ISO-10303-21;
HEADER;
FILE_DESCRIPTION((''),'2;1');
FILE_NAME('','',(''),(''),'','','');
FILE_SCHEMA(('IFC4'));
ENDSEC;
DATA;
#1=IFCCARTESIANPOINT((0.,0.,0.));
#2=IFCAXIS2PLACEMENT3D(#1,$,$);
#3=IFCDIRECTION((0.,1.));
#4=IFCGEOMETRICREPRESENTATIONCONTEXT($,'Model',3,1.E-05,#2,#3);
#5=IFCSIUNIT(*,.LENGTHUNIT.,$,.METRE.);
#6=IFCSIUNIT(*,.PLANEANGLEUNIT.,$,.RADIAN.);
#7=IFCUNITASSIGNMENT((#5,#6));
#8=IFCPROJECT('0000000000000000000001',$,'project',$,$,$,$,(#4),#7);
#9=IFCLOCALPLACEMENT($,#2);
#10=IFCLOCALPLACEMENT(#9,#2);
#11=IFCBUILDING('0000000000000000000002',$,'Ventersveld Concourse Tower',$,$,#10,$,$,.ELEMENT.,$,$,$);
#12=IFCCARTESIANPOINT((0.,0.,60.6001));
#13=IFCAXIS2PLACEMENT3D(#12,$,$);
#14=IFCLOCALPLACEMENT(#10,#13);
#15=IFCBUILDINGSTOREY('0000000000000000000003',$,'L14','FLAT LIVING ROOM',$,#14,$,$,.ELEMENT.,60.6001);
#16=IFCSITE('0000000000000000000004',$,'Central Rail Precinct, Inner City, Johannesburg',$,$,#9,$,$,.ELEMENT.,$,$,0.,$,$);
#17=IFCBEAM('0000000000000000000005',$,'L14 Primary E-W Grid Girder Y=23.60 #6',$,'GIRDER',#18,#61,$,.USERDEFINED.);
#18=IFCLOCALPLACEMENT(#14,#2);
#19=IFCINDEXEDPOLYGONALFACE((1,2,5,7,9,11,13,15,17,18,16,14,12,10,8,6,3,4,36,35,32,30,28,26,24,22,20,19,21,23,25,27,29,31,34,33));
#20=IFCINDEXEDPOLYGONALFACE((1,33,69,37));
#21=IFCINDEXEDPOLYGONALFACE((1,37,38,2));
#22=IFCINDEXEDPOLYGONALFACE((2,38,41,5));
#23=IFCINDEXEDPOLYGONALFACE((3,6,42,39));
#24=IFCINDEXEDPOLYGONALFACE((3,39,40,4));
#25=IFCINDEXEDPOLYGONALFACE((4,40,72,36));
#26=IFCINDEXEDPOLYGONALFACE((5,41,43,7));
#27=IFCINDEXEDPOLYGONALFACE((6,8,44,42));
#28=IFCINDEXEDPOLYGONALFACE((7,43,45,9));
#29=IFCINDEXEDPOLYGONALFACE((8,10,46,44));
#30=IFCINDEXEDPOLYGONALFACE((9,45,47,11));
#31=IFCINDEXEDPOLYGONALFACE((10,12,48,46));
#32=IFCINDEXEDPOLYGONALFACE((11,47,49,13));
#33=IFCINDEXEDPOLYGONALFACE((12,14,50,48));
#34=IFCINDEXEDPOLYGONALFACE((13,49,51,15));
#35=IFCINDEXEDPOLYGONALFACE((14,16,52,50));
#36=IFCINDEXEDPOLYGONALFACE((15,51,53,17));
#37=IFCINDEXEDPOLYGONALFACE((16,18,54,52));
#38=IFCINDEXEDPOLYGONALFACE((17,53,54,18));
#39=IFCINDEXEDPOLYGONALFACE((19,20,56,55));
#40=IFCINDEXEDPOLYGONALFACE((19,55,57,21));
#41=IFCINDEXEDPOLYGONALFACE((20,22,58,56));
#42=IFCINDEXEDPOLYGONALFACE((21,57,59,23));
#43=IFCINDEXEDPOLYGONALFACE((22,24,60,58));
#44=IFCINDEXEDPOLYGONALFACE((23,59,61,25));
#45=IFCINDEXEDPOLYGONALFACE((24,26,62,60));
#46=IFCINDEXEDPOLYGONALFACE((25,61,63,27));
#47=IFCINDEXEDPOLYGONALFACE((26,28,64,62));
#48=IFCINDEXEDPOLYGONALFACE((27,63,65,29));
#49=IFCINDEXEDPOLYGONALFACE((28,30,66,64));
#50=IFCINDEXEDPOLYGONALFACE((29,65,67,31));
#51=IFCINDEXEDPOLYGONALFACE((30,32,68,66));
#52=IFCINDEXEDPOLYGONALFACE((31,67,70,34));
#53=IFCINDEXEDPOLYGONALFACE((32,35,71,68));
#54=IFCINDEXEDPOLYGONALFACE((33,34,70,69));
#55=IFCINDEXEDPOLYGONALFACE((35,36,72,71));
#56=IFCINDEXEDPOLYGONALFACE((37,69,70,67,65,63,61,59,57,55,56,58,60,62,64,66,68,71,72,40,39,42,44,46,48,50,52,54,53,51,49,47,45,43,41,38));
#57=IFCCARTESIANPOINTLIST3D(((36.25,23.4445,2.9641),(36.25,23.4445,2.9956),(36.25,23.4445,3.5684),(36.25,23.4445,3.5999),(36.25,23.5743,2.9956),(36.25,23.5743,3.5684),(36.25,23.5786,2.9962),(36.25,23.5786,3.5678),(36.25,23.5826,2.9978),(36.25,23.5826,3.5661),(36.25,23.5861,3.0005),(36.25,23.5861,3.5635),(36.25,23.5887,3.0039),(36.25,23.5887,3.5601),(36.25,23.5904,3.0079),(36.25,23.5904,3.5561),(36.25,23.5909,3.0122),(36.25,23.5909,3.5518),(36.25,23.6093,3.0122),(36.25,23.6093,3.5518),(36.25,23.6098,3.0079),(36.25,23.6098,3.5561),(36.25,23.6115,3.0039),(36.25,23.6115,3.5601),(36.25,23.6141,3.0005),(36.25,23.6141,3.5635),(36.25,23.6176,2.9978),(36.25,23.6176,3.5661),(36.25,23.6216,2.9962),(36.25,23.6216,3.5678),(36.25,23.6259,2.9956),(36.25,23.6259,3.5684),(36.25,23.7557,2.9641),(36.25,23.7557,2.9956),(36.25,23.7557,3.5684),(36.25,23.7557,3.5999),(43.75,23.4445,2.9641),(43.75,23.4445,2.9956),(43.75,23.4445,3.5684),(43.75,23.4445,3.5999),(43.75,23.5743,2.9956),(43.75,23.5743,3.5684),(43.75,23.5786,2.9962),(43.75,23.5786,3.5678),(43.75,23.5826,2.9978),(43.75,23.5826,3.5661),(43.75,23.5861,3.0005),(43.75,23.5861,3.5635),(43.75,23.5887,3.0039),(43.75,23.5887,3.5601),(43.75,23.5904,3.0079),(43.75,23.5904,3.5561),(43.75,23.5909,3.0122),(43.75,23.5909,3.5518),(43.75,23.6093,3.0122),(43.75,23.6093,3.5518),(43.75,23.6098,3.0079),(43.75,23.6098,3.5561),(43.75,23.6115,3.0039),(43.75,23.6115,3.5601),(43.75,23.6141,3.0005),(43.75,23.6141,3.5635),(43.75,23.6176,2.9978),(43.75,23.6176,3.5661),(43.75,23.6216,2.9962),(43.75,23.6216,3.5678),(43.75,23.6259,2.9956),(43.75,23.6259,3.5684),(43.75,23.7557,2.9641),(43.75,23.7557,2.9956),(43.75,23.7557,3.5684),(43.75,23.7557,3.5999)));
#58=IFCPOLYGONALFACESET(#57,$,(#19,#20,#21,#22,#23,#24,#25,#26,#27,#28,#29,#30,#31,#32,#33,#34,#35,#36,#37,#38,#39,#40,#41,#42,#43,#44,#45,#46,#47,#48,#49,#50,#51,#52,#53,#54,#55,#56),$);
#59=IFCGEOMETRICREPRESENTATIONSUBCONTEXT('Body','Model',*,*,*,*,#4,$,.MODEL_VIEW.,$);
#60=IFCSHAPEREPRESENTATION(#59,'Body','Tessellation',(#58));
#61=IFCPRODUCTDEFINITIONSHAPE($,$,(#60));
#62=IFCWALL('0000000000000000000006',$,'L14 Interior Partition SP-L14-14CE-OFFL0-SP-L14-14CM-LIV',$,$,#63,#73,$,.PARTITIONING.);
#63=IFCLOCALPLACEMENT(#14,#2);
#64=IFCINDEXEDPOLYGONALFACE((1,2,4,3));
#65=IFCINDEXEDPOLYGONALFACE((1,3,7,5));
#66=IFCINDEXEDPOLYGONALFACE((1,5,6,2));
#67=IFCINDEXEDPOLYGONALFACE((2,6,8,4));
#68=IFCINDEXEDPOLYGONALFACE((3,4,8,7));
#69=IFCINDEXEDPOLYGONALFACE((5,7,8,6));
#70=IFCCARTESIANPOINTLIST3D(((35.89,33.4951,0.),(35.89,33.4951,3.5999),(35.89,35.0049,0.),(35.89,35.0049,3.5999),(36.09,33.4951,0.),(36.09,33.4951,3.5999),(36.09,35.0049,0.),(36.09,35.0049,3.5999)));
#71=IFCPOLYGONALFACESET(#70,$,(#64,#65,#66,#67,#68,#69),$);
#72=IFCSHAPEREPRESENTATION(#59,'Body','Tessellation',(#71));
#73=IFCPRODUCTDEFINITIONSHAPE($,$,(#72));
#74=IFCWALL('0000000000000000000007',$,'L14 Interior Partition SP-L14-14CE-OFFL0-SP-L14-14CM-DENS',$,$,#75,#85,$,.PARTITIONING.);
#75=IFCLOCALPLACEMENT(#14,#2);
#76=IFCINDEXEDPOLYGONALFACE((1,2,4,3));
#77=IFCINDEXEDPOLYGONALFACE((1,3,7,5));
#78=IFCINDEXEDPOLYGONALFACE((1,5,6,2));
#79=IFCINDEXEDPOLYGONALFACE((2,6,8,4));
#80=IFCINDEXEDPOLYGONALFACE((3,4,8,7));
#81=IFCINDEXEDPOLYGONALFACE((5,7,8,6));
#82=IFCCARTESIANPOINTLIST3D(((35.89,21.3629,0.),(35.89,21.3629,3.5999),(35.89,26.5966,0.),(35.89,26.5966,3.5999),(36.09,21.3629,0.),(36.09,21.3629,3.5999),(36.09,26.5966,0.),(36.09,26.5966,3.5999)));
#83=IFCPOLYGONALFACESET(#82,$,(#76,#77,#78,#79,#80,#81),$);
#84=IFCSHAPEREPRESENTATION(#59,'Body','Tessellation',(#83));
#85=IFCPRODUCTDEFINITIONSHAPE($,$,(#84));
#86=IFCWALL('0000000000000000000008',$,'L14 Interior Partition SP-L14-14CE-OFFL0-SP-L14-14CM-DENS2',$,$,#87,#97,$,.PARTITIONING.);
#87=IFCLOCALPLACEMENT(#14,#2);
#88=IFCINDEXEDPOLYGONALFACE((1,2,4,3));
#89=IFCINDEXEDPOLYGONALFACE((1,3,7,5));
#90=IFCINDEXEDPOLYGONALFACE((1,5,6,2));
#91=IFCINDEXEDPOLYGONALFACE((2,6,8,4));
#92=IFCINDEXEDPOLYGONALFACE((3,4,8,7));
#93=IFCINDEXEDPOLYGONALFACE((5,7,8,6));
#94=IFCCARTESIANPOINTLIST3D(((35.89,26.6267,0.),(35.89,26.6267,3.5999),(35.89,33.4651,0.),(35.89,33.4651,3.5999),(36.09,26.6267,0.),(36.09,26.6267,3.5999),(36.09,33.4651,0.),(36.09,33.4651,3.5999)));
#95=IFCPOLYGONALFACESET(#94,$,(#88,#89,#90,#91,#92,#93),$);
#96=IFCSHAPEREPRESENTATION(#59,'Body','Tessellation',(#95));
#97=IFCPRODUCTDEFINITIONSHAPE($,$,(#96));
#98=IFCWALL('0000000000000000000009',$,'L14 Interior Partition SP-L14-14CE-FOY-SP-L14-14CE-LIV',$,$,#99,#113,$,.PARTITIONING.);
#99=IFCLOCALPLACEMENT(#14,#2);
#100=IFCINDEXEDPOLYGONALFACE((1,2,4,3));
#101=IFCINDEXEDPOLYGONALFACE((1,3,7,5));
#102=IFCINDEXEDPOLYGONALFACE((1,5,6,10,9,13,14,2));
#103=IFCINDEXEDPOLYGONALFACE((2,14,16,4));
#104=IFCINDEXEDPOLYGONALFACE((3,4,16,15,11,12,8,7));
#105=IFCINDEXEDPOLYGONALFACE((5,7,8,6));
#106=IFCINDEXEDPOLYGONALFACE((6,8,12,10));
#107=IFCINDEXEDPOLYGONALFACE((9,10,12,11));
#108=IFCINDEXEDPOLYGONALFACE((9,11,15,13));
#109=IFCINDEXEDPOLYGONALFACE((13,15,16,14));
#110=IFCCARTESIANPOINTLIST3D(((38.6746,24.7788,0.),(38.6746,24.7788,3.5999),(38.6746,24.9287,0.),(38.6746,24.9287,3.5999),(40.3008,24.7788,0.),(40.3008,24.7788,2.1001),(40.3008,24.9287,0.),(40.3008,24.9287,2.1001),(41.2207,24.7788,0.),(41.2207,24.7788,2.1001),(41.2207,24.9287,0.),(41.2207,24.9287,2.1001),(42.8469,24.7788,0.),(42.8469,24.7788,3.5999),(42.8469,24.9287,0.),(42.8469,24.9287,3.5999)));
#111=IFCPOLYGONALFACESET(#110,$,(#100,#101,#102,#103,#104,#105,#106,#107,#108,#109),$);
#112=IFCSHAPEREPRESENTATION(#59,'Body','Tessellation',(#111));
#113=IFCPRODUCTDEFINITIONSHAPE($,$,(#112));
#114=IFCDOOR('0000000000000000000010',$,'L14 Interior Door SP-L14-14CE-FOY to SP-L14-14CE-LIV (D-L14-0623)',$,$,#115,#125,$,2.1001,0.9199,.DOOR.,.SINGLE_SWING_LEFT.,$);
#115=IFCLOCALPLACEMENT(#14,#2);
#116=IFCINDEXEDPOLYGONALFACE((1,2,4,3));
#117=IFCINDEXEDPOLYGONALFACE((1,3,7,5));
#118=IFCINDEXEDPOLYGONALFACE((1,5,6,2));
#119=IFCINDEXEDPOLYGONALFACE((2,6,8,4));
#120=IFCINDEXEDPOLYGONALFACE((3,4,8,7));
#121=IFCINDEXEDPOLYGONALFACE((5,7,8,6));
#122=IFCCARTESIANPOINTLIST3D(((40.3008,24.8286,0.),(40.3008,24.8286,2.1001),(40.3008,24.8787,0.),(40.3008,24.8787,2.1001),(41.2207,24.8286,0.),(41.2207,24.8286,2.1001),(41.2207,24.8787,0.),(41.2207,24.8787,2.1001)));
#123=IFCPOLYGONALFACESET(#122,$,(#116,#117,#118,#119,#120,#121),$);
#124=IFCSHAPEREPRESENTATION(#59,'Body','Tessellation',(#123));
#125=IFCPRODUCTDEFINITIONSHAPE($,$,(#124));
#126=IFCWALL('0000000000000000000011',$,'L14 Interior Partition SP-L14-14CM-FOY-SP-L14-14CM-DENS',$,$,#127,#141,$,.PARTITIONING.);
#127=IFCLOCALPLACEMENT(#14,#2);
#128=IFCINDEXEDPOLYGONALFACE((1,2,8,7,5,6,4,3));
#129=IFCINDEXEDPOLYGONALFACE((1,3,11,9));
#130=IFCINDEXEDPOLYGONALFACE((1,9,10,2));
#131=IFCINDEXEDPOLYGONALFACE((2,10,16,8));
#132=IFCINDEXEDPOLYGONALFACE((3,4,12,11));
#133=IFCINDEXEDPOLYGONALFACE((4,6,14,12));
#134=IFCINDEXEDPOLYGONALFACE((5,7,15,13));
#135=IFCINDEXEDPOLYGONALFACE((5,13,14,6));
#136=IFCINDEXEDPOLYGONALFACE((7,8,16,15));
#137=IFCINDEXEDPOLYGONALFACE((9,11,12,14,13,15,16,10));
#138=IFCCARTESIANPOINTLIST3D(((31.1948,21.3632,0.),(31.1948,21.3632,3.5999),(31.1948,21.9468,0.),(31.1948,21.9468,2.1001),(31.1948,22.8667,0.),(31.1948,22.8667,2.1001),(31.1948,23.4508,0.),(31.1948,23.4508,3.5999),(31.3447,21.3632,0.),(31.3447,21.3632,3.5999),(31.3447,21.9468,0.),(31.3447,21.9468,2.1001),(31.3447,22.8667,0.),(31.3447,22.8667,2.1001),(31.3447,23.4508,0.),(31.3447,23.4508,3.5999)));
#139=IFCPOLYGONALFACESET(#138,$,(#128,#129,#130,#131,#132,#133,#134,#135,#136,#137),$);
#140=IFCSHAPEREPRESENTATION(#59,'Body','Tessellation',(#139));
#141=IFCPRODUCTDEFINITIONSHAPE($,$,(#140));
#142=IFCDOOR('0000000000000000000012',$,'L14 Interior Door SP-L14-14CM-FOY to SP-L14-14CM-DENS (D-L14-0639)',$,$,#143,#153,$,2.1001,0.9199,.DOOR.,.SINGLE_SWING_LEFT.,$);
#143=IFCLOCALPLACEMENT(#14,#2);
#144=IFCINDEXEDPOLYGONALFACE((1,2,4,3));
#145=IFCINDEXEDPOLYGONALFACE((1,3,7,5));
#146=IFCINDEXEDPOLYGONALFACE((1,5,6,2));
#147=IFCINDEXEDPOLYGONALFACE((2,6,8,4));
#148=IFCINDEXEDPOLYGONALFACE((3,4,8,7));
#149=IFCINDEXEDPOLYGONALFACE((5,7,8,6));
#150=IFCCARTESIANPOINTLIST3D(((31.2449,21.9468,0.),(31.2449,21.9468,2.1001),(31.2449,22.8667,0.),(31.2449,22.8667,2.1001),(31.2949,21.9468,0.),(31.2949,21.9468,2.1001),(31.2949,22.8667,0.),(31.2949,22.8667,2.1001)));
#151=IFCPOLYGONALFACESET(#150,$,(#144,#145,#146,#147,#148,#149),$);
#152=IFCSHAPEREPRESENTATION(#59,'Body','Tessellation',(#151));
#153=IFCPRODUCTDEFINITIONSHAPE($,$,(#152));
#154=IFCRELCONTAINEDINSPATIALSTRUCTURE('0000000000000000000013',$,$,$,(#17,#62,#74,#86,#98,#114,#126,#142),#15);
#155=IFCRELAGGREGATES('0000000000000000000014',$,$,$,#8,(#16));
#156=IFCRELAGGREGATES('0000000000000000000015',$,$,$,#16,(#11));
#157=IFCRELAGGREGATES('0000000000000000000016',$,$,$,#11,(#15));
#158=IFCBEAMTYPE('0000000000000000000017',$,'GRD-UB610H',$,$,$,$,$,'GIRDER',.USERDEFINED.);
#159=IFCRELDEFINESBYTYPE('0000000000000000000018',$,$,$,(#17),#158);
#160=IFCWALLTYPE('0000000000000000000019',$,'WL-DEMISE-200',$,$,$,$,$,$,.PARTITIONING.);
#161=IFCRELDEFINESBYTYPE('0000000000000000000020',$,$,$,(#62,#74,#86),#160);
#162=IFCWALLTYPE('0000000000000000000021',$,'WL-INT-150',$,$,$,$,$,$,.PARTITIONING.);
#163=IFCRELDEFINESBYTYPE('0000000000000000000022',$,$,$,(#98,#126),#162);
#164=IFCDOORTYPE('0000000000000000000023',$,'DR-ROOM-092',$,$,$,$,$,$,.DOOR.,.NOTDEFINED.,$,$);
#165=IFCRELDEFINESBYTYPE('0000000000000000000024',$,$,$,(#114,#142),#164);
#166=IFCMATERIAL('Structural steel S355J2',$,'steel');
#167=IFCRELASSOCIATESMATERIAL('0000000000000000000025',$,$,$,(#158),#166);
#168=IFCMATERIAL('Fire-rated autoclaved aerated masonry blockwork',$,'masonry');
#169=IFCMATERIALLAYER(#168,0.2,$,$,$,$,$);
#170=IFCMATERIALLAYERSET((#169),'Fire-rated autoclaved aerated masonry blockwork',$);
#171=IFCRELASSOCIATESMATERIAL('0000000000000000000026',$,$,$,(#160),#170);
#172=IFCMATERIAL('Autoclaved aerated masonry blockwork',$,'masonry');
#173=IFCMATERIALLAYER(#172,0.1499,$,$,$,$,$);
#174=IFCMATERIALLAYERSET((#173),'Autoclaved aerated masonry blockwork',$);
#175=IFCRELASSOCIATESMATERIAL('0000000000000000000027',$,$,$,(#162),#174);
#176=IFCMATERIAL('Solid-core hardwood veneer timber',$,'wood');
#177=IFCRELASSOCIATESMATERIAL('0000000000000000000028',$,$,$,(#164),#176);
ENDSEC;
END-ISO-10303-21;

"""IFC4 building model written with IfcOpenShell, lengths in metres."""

from ifc_helpers import new_model, si_unit, direction, frame, frame_2d, origin, origin_2d, place, context, subcontext, project, spatial, rectangle, i_section, extrude, material, layer, layer_set, material_profile, profile_set, type_object, element, fill, save


model = new_model("IFC4")

# Units and contexts
model_context = context("Model", 3, precision=1e-05, world=origin(), true_north=direction((0.0, 1.0)))
body_context = subcontext(model_context, "Body", "Model", "MODEL_VIEW")
ifc_project = project(units=[si_unit("LENGTHUNIT", "METRE"), si_unit("PLANEANGLEUNIT", "RADIAN")], contexts=[model_context])

# Site, building, storey
site_placement = place(None, origin())
site = spatial("IfcSite", under=ifc_project, at=site_placement, Name="Central Rail Precinct, Inner City, Johannesburg", CompositionType="ELEMENT", RefElevation=0.0)
building_placement = place(site_placement, origin())
building = spatial("IfcBuilding", under=site, at=building_placement, Name="Ventersveld Concourse Tower", CompositionType="ELEMENT")
storey_placement = place(building_placement, frame((0.0, 0.0, 60.6001)))
storey = spatial("IfcBuildingStorey", under=building, at=storey_placement, Name="L14", Description="FLAT LIVING ROOM", CompositionType="ELEMENT", Elevation=60.6001)

# Beam
ifc_material_1 = material(Name="Structural steel S355J2", Category="steel")
ifc_material_profile_1 = material_profile(ifc_material_1, i_section(OverallWidth=0.3113, OverallDepth=0.6357, WebThickness=0.0183, FlangeThickness=0.0315, FilletRadius=0.0166, at=origin_2d()), Name="UB 610x305x238")
ifc_profile_set_1 = profile_set([ifc_material_profile_1], Name="Structural steel S355J2")
beam_type_1 = type_object("IfcBeamType", Name="GRD-UB610H", ElementType="GIRDER", PredefinedType="USERDEFINED", material=ifc_profile_set_1)
for number, where, z_axis, x_axis, name in (
    (1, (36.25, 23.6001, 3.282), (1.0, 0.0, 0.0), (0.0, 1.0, 0.0), "L14 Primary E-W Grid Girder Y=23.60 #6"),
):
    element("IfcBeam", number, at=place(storey_placement, frame(where, z_axis=z_axis, x_axis=x_axis)), inside=storey, type_object=beam_type_1, Name=name, ObjectType="GIRDER", PredefinedType="USERDEFINED", context=body_context, shape_type="SweptSolid", body=[
        extrude(i_section(OverallWidth=0.3113, OverallDepth=0.6357, WebThickness=0.0183, FlangeThickness=0.0315, FilletRadius=0.0166, at=origin_2d()), origin(), (0.0, 0.0, 1.0), 7.5),
    ])

# Walls
ifc_material_2 = material(Name="Fire-rated autoclaved aerated masonry blockwork", Category="masonry")
ifc_layer_1 = layer(ifc_material_2, 0.2)
ifc_layer_set_1 = layer_set([ifc_layer_1], Name="Fire-rated autoclaved aerated masonry blockwork")
wall_type_1 = type_object("IfcWallType", Name="WL-DEMISE-200", PredefinedType="PARTITIONING", material=ifc_layer_set_1)
wall_1_placement = place(storey_placement, frame((35.99, 33.4951, 0.0), z_axis=(0.0, 0.0, 1.0), x_axis=(0.0, 1.0, 0.0)))
element("IfcWall", 2, at=wall_1_placement, inside=storey, type_object=wall_type_1, Name="L14 Interior Partition SP-L14-14CE-OFFL0-SP-L14-14CM-LIV", PredefinedType="PARTITIONING", context=body_context, shape_type="SweptSolid", body=[
    extrude(rectangle(XDim=1.5098, YDim=0.2, at=frame_2d((0.7549, 0.0))), origin(), (0.0, 0.0, 1.0), 3.5999),
])
wall_2_placement = place(storey_placement, frame((35.99, 21.363, 0.0), z_axis=(0.0, 0.0, 1.0), x_axis=(0.0, 1.0, 0.0)))
element("IfcWall", 3, at=wall_2_placement, inside=storey, type_object=wall_type_1, Name="L14 Interior Partition SP-L14-14CE-OFFL0-SP-L14-14CM-DENS", PredefinedType="PARTITIONING", context=body_context, shape_type="SweptSolid", body=[
    extrude(rectangle(XDim=5.2336, YDim=0.2, at=frame_2d((2.6167, 0.0))), origin(), (0.0, 0.0, 1.0), 3.5999),
])
wall_3_placement = place(storey_placement, frame((35.99, 26.6267, 0.0), z_axis=(0.0, 0.0, 1.0), x_axis=(0.0, 1.0, 0.0)))
element("IfcWall", 4, at=wall_3_placement, inside=storey, type_object=wall_type_1, Name="L14 Interior Partition SP-L14-14CE-OFFL0-SP-L14-14CM-DENS2", PredefinedType="PARTITIONING", context=body_context, shape_type="SweptSolid", body=[
    extrude(rectangle(XDim=6.8384, YDim=0.2, at=frame_2d((3.4192, 0.0))), origin(), (0.0, 0.0, 1.0), 3.5999),
])

# Walls, openings, doors
ifc_material_3 = material(Name="Autoclaved aerated masonry blockwork", Category="masonry")
ifc_layer_2 = layer(ifc_material_3, 0.1499)
ifc_layer_set_2 = layer_set([ifc_layer_2], Name="Autoclaved aerated masonry blockwork")
wall_type_2 = type_object("IfcWallType", Name="WL-INT-150", PredefinedType="PARTITIONING", material=ifc_layer_set_2)
wall_4_placement = place(storey_placement, frame((38.6746, 24.8538, 0.0), z_axis=(0.0, 0.0, 1.0), x_axis=(1.0, 0.0, 0.0)))
wall_4 = element("IfcWall", 5, at=wall_4_placement, inside=storey, type_object=wall_type_2, Name="L14 Interior Partition SP-L14-14CE-FOY-SP-L14-14CE-LIV", PredefinedType="PARTITIONING", context=body_context, shape_type="SweptSolid", body=[
    extrude(rectangle(XDim=4.1724, YDim=0.1499, at=frame_2d((2.0862, 0.0))), origin(), (0.0, 0.0, 1.0), 3.5999),
])
opening_1_placement = place(wall_4_placement, frame((1.6262, 0.0, 0.0)))
opening_1 = element("IfcOpeningElement", 6, at=opening_1_placement, cuts=wall_4, PredefinedType="OPENING", context=body_context, shape_type="SweptSolid", body=[
    extrude(rectangle(XDim=0.9199, YDim=2.1001, at=frame_2d((0.46, 1.05))), frame((0.0, 0.085, 0.0), z_axis=(0.0, -1.0, 0.0), x_axis=(1.0, 0.0, 0.0)), (0.0, 0.0, 1.0), 0.1699),
])
ifc_material_4 = material(Name="Solid-core hardwood veneer timber", Category="wood")
door_type = type_object("IfcDoorType", Name="DR-ROOM-092", OperationType="NOTDEFINED", PredefinedType="DOOR", material=ifc_material_4)
door_1_placement = place(opening_1_placement, origin())
door_1 = element("IfcDoor", 7, at=door_1_placement, inside=storey, type_object=door_type, Name="L14 Interior Door SP-L14-14CE-FOY to SP-L14-14CE-LIV (D-L14-0623)", OperationType="SINGLE_SWING_LEFT", OverallHeight=2.1001, OverallWidth=0.9199, PredefinedType="DOOR", context=body_context, shape_type="SweptSolid", body=[
    extrude(rectangle(XDim=0.9199, YDim=2.1001, at=frame_2d((0.46, 1.05))), frame((0.0, 0.0249, 0.0), z_axis=(0.0, -1.0, 0.0), x_axis=(1.0, 0.0, 0.0)), (0.0, 0.0, 1.0), 0.05),
])
fill(opening_1, door_1)
wall_5_placement = place(storey_placement, frame((31.2698, 21.363, 0.0), z_axis=(0.0, 0.0, 1.0), x_axis=(0.0, 1.0, 0.0)))
wall_5 = element("IfcWall", 8, at=wall_5_placement, inside=storey, type_object=wall_type_2, Name="L14 Interior Partition SP-L14-14CM-FOY-SP-L14-14CM-DENS", PredefinedType="PARTITIONING", context=body_context, shape_type="SweptSolid", body=[
    extrude(rectangle(XDim=2.0876, YDim=0.1499, at=frame_2d((1.0439, 0.0))), origin(), (0.0, 0.0, 1.0), 3.5999),
])
opening_2_placement = place(wall_5_placement, frame((0.5837, 0.0, 0.0)))
opening_2 = element("IfcOpeningElement", 9, at=opening_2_placement, cuts=wall_5, PredefinedType="OPENING", context=body_context, shape_type="SweptSolid", body=[
    extrude(rectangle(XDim=0.9199, YDim=2.1001, at=frame_2d((0.46, 1.05))), frame((0.0, 0.085, 0.0), z_axis=(0.0, -1.0, 0.0), x_axis=(1.0, 0.0, 0.0)), (0.0, 0.0, 1.0), 0.1699),
])
door_2_placement = place(opening_2_placement, origin())
door_2 = element("IfcDoor", 10, at=door_2_placement, inside=storey, type_object=door_type, Name="L14 Interior Door SP-L14-14CM-FOY to SP-L14-14CM-DENS (D-L14-0639)", OperationType="SINGLE_SWING_LEFT", OverallHeight=2.1001, OverallWidth=0.9199, PredefinedType="DOOR", context=body_context, shape_type="SweptSolid", body=[
    extrude(rectangle(XDim=0.9199, YDim=2.1001, at=frame_2d((0.46, 1.05))), frame((0.0, 0.0249, 0.0), z_axis=(0.0, -1.0, 0.0), x_axis=(1.0, 0.0, 0.0)), (0.0, 0.0, 1.0), 0.05),
])
fill(opening_2, door_2)

save(model, "model.ifc")
